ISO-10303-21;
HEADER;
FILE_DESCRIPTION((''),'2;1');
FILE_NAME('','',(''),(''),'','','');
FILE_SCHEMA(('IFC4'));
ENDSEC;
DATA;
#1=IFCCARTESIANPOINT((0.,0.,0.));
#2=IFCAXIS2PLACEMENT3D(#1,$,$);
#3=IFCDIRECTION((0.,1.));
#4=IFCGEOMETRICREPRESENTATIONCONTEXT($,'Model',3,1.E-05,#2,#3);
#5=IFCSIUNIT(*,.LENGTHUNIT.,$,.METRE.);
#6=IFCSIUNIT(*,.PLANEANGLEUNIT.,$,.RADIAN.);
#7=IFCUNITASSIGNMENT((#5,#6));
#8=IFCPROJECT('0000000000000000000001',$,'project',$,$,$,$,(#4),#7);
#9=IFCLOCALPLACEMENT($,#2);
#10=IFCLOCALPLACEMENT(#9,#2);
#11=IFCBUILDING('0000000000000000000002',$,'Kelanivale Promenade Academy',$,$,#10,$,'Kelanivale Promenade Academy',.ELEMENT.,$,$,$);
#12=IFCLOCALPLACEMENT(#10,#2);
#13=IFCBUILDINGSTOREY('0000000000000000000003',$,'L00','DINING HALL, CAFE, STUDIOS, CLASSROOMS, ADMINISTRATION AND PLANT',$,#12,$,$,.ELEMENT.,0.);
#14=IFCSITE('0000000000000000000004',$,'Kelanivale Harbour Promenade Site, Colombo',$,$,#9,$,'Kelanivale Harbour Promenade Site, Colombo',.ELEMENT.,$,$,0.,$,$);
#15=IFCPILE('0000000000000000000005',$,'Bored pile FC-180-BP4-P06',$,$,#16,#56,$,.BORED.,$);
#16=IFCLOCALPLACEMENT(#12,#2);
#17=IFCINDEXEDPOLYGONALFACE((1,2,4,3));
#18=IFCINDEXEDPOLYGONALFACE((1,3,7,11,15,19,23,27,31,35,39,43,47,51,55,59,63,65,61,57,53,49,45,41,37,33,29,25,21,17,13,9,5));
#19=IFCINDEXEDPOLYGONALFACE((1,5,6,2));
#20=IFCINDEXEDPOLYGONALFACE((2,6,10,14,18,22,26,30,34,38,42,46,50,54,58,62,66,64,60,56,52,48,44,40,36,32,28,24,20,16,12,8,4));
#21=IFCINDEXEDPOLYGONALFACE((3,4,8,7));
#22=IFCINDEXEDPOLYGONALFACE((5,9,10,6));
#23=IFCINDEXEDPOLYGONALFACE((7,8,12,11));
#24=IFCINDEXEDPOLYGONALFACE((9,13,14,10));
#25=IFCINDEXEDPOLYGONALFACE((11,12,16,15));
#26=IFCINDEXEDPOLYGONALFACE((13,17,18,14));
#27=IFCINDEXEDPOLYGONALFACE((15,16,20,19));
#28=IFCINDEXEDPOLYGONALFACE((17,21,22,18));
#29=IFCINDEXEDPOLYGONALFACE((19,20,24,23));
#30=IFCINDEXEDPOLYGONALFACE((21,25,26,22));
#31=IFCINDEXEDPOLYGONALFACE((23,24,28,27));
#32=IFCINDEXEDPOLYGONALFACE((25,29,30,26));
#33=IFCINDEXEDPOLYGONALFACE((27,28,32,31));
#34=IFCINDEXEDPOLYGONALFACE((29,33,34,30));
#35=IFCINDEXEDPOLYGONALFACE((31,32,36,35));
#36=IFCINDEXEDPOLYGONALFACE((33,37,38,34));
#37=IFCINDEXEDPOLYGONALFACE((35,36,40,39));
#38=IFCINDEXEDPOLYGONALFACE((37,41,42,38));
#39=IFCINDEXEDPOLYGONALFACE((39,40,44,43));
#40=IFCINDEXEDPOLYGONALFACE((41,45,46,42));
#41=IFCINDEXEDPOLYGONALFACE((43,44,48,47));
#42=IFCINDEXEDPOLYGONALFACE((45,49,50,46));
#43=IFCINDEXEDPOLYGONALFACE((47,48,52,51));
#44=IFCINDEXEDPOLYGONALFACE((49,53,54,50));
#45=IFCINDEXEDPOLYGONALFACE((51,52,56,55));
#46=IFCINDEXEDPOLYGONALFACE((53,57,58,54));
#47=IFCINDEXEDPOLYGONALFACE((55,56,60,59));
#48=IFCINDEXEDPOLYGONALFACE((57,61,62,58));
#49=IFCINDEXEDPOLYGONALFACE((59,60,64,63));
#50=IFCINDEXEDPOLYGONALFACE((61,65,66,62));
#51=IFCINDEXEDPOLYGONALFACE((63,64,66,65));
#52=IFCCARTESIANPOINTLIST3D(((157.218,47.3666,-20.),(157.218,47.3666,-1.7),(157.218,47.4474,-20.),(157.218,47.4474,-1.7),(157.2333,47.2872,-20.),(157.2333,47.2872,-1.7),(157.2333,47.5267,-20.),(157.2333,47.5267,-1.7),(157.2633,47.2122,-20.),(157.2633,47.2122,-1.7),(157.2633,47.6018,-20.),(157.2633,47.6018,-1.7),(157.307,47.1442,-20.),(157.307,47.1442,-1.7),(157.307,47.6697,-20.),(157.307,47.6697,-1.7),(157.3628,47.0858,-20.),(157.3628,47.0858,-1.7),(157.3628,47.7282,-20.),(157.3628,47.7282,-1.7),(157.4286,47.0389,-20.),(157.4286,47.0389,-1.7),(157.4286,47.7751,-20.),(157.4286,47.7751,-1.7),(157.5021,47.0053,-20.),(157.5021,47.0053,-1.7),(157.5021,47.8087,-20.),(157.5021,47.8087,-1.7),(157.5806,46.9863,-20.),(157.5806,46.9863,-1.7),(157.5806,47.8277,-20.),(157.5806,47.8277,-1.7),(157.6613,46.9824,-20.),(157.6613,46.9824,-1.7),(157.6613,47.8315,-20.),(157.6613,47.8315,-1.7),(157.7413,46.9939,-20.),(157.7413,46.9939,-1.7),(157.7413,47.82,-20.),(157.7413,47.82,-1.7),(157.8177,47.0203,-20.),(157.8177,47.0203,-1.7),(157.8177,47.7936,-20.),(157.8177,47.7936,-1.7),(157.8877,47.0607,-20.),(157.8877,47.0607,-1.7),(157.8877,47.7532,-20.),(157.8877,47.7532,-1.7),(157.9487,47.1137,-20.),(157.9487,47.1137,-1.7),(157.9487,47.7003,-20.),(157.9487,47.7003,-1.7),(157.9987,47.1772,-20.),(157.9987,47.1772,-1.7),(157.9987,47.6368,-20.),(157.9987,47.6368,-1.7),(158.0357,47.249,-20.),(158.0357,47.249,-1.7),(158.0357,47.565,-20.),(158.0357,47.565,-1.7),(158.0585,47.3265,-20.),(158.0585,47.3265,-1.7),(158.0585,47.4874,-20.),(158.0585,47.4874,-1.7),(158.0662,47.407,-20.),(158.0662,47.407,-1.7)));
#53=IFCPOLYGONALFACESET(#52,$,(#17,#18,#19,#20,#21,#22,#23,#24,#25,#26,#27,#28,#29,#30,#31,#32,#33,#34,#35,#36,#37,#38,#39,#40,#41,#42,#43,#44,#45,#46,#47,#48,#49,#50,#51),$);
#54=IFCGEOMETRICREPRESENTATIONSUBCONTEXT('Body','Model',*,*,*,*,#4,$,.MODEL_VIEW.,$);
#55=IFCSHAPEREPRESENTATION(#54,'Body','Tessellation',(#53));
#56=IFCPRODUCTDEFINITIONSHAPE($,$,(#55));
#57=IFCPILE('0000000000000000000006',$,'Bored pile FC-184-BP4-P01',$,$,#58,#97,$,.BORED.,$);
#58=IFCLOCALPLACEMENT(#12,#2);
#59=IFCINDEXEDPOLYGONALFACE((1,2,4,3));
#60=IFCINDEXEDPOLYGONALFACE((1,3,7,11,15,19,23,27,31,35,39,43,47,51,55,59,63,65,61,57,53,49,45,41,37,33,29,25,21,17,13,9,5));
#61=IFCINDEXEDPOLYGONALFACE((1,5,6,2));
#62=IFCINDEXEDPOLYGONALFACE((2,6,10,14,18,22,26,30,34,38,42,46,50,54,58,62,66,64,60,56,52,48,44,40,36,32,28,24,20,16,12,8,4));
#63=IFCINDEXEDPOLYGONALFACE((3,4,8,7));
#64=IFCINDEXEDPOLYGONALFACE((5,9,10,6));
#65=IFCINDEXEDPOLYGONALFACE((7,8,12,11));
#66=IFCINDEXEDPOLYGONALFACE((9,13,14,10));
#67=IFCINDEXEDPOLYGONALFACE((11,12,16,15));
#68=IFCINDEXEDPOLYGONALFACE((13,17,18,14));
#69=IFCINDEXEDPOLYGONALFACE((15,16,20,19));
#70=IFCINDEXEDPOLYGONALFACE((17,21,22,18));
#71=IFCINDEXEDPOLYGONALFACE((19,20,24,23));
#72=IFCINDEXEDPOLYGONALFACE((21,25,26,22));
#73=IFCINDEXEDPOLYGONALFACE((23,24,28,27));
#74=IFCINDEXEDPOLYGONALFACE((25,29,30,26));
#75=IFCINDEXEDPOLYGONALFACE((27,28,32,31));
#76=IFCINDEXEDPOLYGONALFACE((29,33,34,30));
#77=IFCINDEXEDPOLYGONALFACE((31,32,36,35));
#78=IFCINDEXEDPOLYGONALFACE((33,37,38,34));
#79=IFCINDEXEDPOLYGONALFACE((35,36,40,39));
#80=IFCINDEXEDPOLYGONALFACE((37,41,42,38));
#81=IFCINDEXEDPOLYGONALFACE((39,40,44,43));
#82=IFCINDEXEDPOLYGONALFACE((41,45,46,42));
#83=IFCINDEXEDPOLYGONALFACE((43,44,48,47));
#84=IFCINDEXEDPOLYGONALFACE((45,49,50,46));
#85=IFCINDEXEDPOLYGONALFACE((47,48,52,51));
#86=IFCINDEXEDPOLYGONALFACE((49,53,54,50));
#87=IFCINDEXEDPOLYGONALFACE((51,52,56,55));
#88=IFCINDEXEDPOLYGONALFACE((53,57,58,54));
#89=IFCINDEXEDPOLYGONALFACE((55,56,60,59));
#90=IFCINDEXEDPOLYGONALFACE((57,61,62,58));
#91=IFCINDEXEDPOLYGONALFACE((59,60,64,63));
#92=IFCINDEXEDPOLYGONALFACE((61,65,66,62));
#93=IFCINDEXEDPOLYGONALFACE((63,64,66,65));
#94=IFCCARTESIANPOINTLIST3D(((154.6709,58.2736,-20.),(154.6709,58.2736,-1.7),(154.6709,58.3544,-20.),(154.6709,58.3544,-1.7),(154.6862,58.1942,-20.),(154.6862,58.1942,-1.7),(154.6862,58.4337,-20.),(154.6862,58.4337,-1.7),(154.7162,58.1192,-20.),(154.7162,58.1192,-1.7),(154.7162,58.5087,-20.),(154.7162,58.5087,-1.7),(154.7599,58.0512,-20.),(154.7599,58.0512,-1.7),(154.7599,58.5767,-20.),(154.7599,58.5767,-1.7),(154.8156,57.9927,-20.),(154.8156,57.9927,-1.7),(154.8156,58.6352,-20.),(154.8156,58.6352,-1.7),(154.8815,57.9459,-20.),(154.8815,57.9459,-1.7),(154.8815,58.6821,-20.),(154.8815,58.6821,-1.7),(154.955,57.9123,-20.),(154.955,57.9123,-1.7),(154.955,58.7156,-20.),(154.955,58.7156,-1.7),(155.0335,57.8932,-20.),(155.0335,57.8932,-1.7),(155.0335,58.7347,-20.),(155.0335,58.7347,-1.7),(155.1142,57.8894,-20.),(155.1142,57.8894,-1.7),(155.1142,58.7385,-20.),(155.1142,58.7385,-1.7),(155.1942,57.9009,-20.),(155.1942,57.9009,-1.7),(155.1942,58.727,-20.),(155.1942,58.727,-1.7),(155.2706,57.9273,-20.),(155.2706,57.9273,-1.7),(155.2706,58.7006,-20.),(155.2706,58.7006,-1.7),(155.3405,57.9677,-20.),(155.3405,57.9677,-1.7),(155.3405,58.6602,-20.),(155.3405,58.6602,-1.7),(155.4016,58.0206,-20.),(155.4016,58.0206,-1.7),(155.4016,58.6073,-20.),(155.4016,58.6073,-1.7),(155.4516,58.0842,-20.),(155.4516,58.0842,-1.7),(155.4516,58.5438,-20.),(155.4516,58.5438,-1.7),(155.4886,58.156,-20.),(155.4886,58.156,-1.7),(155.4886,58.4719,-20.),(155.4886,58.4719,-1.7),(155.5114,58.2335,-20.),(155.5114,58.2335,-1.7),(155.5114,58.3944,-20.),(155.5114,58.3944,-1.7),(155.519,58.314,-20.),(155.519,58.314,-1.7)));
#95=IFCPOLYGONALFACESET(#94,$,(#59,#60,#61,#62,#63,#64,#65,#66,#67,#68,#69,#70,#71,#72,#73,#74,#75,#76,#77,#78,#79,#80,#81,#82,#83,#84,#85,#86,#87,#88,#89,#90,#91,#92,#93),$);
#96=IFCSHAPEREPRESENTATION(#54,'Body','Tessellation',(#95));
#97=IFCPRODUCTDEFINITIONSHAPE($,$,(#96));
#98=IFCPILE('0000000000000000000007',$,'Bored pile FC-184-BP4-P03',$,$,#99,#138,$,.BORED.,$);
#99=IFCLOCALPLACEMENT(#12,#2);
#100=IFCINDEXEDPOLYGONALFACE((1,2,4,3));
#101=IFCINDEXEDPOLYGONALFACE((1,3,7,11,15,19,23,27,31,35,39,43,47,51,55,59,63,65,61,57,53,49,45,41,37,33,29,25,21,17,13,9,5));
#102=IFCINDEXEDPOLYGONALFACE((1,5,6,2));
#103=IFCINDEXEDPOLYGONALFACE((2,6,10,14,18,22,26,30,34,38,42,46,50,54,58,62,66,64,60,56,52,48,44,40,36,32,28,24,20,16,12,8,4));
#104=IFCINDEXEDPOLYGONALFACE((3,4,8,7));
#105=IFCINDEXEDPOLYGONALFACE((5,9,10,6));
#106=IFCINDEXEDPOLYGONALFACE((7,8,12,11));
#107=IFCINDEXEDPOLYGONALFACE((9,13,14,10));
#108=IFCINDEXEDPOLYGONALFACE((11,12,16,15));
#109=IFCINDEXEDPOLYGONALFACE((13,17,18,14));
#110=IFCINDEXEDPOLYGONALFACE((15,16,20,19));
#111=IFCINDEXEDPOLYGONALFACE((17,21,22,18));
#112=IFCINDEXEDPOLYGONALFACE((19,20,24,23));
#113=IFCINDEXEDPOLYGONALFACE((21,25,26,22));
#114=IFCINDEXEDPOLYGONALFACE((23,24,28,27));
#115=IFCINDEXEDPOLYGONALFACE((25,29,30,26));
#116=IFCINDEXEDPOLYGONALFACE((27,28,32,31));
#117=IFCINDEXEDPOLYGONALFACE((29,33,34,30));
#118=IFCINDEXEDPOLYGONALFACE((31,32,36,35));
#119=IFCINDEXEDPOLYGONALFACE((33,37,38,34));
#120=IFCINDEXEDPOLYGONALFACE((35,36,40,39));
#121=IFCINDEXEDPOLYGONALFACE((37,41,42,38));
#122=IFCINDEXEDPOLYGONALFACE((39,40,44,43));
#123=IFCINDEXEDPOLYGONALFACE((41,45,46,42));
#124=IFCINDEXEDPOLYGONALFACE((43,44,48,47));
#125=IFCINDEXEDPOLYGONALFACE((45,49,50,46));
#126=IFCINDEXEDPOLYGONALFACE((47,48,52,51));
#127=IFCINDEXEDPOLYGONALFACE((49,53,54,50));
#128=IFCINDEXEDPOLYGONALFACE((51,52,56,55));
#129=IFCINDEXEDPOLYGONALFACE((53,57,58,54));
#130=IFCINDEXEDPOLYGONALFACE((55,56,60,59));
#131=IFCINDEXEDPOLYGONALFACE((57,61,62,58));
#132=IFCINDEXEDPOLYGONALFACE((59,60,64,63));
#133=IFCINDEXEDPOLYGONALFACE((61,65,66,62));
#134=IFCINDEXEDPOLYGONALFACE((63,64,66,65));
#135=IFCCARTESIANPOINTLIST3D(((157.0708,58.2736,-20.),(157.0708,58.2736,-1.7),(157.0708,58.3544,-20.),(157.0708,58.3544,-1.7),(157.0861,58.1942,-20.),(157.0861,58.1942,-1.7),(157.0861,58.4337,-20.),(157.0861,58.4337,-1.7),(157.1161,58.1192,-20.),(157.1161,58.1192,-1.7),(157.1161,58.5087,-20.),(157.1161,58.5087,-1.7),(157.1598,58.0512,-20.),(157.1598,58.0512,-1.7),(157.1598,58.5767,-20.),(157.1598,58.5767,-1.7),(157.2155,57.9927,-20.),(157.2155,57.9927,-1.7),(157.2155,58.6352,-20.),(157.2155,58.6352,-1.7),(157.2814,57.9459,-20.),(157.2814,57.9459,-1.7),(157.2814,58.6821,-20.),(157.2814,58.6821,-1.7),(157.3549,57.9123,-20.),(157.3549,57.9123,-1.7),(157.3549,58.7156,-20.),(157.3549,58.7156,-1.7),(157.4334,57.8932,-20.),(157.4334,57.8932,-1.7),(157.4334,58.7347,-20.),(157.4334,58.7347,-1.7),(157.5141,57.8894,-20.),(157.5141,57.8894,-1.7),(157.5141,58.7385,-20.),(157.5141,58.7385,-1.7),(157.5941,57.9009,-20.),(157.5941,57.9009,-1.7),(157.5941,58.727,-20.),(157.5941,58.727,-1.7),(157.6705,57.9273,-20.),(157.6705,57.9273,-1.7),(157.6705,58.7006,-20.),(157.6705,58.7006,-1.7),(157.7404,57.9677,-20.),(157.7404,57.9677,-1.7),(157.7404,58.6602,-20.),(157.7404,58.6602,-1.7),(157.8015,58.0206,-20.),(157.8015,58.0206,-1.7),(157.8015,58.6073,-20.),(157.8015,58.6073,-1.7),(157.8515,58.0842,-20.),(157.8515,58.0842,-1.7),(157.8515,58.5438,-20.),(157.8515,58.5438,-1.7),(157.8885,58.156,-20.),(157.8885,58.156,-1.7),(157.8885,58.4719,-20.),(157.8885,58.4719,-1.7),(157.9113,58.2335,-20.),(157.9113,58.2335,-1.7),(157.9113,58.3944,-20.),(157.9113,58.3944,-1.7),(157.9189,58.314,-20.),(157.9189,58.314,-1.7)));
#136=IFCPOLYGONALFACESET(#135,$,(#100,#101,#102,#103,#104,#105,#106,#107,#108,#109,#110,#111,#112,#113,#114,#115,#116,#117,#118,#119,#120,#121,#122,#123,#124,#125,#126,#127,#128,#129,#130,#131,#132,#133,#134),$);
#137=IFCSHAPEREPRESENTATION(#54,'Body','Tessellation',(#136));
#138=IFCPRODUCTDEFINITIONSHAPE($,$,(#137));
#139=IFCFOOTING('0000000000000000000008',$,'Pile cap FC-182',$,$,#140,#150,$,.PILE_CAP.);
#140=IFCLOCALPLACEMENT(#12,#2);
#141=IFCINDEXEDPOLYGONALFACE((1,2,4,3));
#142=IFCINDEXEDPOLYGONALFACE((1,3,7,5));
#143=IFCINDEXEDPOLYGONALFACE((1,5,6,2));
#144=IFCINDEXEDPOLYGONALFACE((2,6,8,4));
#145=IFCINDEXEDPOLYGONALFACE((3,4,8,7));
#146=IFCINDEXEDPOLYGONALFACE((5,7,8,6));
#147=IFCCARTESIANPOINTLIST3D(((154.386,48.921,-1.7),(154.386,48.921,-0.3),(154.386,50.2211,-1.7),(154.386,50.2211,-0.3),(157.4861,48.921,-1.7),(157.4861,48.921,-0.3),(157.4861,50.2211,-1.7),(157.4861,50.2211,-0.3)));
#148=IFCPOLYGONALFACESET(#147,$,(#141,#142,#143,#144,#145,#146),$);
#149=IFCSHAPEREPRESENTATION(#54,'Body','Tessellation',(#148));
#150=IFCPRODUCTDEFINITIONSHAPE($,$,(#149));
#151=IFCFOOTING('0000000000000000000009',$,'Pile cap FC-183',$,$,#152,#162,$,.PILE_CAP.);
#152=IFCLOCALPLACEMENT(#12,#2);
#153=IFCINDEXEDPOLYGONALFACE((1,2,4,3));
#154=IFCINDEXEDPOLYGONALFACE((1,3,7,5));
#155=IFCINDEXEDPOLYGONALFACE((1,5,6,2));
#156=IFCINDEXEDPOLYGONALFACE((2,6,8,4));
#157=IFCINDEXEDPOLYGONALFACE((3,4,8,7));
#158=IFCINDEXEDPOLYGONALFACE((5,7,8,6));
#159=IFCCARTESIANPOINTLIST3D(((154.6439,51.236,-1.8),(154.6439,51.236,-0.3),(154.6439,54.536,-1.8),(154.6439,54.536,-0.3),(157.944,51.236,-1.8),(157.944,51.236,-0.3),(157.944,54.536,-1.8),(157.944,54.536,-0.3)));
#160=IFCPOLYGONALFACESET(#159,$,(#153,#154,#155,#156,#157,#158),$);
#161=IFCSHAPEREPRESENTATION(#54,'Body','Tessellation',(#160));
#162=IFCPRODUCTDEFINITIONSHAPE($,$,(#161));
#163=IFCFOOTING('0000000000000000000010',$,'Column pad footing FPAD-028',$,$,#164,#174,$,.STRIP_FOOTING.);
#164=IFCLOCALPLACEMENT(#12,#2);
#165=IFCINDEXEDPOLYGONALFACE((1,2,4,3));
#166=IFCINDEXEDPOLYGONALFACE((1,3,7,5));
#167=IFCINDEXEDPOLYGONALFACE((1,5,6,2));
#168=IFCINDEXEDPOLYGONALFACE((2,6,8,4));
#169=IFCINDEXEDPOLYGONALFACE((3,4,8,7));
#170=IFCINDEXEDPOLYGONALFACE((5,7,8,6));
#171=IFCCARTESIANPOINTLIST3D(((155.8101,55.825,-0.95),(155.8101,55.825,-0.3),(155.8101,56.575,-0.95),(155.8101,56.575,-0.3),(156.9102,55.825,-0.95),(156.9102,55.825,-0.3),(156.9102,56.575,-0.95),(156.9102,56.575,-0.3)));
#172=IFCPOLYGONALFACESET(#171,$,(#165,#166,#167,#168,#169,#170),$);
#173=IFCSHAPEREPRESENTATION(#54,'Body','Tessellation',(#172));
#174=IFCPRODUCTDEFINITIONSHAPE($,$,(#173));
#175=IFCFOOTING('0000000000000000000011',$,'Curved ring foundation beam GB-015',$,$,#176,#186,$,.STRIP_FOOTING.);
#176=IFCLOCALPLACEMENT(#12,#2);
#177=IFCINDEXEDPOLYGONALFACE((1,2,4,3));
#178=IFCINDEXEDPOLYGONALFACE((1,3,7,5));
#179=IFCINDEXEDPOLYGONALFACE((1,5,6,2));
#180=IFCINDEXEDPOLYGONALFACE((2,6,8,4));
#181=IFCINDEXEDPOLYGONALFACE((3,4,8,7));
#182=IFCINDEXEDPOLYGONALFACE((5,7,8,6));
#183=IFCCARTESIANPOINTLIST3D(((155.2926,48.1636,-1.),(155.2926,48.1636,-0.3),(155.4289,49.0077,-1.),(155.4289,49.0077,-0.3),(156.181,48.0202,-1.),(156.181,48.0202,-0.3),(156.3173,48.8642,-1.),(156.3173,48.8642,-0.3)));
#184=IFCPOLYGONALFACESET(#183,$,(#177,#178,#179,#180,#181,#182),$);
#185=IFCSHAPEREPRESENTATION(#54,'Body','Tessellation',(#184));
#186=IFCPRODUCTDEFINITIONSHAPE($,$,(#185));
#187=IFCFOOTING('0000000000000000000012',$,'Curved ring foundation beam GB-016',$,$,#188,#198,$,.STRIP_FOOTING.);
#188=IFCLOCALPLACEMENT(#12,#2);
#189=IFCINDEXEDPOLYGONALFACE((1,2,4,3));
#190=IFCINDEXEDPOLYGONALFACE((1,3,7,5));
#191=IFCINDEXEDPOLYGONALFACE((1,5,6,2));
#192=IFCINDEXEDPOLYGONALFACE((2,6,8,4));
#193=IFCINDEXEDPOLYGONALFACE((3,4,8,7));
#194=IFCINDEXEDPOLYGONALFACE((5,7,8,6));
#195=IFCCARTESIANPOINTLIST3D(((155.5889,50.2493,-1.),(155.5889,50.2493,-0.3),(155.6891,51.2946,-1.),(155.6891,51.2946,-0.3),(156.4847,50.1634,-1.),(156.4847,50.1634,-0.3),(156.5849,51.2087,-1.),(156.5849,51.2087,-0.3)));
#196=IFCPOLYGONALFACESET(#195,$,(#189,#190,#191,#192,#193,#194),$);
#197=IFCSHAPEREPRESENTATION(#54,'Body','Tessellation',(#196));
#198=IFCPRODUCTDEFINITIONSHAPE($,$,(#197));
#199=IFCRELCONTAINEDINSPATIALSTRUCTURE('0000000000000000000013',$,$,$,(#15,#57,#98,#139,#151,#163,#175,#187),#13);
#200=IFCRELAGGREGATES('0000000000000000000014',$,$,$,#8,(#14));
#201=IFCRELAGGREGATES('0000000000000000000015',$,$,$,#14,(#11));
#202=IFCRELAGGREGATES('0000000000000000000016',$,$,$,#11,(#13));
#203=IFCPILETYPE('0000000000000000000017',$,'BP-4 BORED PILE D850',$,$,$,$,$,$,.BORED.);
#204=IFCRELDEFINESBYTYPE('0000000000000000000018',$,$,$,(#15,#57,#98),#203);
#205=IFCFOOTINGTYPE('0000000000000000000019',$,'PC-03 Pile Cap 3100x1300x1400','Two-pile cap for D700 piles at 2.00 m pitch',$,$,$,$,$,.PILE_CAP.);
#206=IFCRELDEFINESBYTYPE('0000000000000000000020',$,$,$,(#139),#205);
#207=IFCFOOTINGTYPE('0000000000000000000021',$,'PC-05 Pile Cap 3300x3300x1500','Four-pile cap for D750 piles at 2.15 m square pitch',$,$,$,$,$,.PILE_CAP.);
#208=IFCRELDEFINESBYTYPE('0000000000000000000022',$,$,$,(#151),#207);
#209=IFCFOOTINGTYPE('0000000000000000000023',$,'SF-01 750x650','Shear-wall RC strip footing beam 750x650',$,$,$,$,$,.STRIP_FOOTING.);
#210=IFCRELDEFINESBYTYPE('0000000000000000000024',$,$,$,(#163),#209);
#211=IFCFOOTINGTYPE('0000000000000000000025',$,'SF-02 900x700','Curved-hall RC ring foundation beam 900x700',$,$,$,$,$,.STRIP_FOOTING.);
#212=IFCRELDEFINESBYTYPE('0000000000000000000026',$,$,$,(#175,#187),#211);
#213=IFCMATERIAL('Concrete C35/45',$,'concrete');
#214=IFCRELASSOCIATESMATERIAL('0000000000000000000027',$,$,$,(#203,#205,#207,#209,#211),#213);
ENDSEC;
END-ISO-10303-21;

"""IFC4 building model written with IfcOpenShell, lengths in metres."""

from ifc_helpers import new_model, si_unit, direction, frame, origin, origin_2d, place, context, subcontext, project, spatial, rectangle, circle, extrude, material, material_profile, profile_set, type_object, element, save


model = new_model("IFC4")

# Units and contexts
model_context = context("Model", 3, precision=1e-05, world=origin(), true_north=direction((0.0, 1.0)))
body_context = subcontext(model_context, "Body", "Model", "MODEL_VIEW")
ifc_project = project(units=[si_unit("LENGTHUNIT", "METRE"), si_unit("PLANEANGLEUNIT", "RADIAN")], contexts=[model_context])

# Site, building, storey
site_placement = place(None, origin())
site = spatial("IfcSite", under=ifc_project, at=site_placement, Name="Kelanivale Harbour Promenade Site, Colombo", LongName="Kelanivale Harbour Promenade Site, Colombo", CompositionType="ELEMENT", RefElevation=0.0)
building_placement = place(site_placement, origin())
building = spatial("IfcBuilding", under=site, at=building_placement, Name="Kelanivale Promenade Academy", LongName="Kelanivale Promenade Academy", CompositionType="ELEMENT")
storey_placement = place(building_placement, origin())
storey = spatial("IfcBuildingStorey", under=building, at=storey_placement, Name="L00", Description="DINING HALL, CAFE, STUDIOS, CLASSROOMS, ADMINISTRATION AND PLANT", CompositionType="ELEMENT", Elevation=0.0)

# Piles
ifc_material_1 = material(Name="Concrete C35/45", Category="concrete")
ifc_material_profile_1 = material_profile(ifc_material_1, circle(Radius=0.425, at=origin_2d()), Name="BORED PILE D850")
ifc_profile_set_1 = profile_set([ifc_material_profile_1], Name="Concrete C35/45")
pile_type_1 = type_object("IfcPileType", Name="BP-4 BORED PILE D850", PredefinedType="BORED", material=ifc_profile_set_1)
for number, where, z_axis, x_axis, name in (
    (1, (157.6411, 47.407, -1.7), (0.0, 0.0, -1.0), (1.0, 0.0, 0.0), "Bored pile FC-180-BP4-P06"),
    (2, (155.094, 58.314, -1.7), (0.0, 0.0, -1.0), (1.0, 0.0, 0.0), "Bored pile FC-184-BP4-P01"),
    (3, (157.4939, 58.314, -1.7), (0.0, 0.0, -1.0), (1.0, 0.0, 0.0), "Bored pile FC-184-BP4-P03"),
):
    element("IfcPile", number, at=place(storey_placement, frame(where, z_axis=z_axis, x_axis=x_axis)), inside=storey, type_object=pile_type_1, Name=name, PredefinedType="BORED", context=body_context, shape_type="SweptSolid", body=[
        extrude(circle(Radius=0.425, at=origin_2d()), origin(), (0.0, 0.0, 1.0), 18.3),
    ])

# Footings
footing_type_1 = type_object("IfcFootingType", Name="PC-03 Pile Cap 3100x1300x1400", Description="Two-pile cap for D700 piles at 2.00 m pitch", PredefinedType="PILE_CAP", material=ifc_material_1)
footing_1_placement = place(storey_placement, frame((155.936, 49.571, -1.7), z_axis=(0.0, 0.0, 1.0), x_axis=(1.0, 0.0, 0.0)))
element("IfcFooting", 4, at=footing_1_placement, inside=storey, type_object=footing_type_1, Name="Pile cap FC-182", PredefinedType="PILE_CAP", context=body_context, shape_type="SweptSolid", body=[
    extrude(rectangle(XDim=3.1001, YDim=1.3, at=origin_2d()), origin(), (0.0, 0.0, 1.0), 1.3999),
])
footing_type_2 = type_object("IfcFootingType", Name="PC-05 Pile Cap 3300x3300x1500", Description="Four-pile cap for D750 piles at 2.15 m square pitch", PredefinedType="PILE_CAP", material=ifc_material_1)
footing_2_placement = place(storey_placement, frame((156.2939, 52.886, -1.8), z_axis=(0.0, 0.0, 1.0), x_axis=(1.0, 0.0, 0.0)))
element("IfcFooting", 5, at=footing_2_placement, inside=storey, type_object=footing_type_2, Name="Pile cap FC-183", PredefinedType="PILE_CAP", context=body_context, shape_type="SweptSolid", body=[
    extrude(rectangle(XDim=3.3, YDim=3.3, at=origin_2d()), origin(), (0.0, 0.0, 1.0), 1.5),
])
footing_type_3 = type_object("IfcFootingType", Name="SF-01 750x650", Description="Shear-wall RC strip footing beam 750x650", PredefinedType="STRIP_FOOTING", material=ifc_material_1)
footing_3_placement = place(storey_placement, frame((156.3601, 56.2, -0.95), z_axis=(0.0, 0.0, 1.0), x_axis=(1.0, 0.0, 0.0)))
element("IfcFooting", 6, at=footing_3_placement, inside=storey, type_object=footing_type_3, Name="Column pad footing FPAD-028", PredefinedType="STRIP_FOOTING", context=body_context, shape_type="SweptSolid", body=[
    extrude(rectangle(XDim=1.1001, YDim=0.75, at=origin_2d()), origin(), (0.0, 0.0, 1.0), 0.6499),
])
footing_type_4 = type_object("IfcFootingType", Name="SF-02 900x700", Description="Curved-hall RC ring foundation beam 900x700", PredefinedType="STRIP_FOOTING", material=ifc_material_1)
footing_4_placement = place(storey_placement, frame((155.8049, 48.5139, -1.0), z_axis=(0.0, 0.0, 1.0), x_axis=(0.159382, 0.987217, 0.0)))
element("IfcFooting", 7, at=footing_4_placement, inside=storey, type_object=footing_type_4, Name="Curved ring foundation beam GB-015", PredefinedType="STRIP_FOOTING", context=body_context, shape_type="SweptSolid", body=[
    extrude(rectangle(XDim=0.855, YDim=0.8999, at=origin_2d()), origin(), (0.0, 0.0, 1.0), 0.7),
])
footing_5_placement = place(storey_placement, frame((156.0869, 50.729, -1.0), z_axis=(0.0, 0.0, 1.0), x_axis=(0.095481, 0.995431, 0.0)))
element("IfcFooting", 8, at=footing_5_placement, inside=storey, type_object=footing_type_4, Name="Curved ring foundation beam GB-016", PredefinedType="STRIP_FOOTING", context=body_context, shape_type="SweptSolid", body=[
    extrude(rectangle(XDim=1.05, YDim=0.8999, at=origin_2d()), origin(), (0.0, 0.0, 1.0), 0.7),
])

save(model, "model.ifc")
